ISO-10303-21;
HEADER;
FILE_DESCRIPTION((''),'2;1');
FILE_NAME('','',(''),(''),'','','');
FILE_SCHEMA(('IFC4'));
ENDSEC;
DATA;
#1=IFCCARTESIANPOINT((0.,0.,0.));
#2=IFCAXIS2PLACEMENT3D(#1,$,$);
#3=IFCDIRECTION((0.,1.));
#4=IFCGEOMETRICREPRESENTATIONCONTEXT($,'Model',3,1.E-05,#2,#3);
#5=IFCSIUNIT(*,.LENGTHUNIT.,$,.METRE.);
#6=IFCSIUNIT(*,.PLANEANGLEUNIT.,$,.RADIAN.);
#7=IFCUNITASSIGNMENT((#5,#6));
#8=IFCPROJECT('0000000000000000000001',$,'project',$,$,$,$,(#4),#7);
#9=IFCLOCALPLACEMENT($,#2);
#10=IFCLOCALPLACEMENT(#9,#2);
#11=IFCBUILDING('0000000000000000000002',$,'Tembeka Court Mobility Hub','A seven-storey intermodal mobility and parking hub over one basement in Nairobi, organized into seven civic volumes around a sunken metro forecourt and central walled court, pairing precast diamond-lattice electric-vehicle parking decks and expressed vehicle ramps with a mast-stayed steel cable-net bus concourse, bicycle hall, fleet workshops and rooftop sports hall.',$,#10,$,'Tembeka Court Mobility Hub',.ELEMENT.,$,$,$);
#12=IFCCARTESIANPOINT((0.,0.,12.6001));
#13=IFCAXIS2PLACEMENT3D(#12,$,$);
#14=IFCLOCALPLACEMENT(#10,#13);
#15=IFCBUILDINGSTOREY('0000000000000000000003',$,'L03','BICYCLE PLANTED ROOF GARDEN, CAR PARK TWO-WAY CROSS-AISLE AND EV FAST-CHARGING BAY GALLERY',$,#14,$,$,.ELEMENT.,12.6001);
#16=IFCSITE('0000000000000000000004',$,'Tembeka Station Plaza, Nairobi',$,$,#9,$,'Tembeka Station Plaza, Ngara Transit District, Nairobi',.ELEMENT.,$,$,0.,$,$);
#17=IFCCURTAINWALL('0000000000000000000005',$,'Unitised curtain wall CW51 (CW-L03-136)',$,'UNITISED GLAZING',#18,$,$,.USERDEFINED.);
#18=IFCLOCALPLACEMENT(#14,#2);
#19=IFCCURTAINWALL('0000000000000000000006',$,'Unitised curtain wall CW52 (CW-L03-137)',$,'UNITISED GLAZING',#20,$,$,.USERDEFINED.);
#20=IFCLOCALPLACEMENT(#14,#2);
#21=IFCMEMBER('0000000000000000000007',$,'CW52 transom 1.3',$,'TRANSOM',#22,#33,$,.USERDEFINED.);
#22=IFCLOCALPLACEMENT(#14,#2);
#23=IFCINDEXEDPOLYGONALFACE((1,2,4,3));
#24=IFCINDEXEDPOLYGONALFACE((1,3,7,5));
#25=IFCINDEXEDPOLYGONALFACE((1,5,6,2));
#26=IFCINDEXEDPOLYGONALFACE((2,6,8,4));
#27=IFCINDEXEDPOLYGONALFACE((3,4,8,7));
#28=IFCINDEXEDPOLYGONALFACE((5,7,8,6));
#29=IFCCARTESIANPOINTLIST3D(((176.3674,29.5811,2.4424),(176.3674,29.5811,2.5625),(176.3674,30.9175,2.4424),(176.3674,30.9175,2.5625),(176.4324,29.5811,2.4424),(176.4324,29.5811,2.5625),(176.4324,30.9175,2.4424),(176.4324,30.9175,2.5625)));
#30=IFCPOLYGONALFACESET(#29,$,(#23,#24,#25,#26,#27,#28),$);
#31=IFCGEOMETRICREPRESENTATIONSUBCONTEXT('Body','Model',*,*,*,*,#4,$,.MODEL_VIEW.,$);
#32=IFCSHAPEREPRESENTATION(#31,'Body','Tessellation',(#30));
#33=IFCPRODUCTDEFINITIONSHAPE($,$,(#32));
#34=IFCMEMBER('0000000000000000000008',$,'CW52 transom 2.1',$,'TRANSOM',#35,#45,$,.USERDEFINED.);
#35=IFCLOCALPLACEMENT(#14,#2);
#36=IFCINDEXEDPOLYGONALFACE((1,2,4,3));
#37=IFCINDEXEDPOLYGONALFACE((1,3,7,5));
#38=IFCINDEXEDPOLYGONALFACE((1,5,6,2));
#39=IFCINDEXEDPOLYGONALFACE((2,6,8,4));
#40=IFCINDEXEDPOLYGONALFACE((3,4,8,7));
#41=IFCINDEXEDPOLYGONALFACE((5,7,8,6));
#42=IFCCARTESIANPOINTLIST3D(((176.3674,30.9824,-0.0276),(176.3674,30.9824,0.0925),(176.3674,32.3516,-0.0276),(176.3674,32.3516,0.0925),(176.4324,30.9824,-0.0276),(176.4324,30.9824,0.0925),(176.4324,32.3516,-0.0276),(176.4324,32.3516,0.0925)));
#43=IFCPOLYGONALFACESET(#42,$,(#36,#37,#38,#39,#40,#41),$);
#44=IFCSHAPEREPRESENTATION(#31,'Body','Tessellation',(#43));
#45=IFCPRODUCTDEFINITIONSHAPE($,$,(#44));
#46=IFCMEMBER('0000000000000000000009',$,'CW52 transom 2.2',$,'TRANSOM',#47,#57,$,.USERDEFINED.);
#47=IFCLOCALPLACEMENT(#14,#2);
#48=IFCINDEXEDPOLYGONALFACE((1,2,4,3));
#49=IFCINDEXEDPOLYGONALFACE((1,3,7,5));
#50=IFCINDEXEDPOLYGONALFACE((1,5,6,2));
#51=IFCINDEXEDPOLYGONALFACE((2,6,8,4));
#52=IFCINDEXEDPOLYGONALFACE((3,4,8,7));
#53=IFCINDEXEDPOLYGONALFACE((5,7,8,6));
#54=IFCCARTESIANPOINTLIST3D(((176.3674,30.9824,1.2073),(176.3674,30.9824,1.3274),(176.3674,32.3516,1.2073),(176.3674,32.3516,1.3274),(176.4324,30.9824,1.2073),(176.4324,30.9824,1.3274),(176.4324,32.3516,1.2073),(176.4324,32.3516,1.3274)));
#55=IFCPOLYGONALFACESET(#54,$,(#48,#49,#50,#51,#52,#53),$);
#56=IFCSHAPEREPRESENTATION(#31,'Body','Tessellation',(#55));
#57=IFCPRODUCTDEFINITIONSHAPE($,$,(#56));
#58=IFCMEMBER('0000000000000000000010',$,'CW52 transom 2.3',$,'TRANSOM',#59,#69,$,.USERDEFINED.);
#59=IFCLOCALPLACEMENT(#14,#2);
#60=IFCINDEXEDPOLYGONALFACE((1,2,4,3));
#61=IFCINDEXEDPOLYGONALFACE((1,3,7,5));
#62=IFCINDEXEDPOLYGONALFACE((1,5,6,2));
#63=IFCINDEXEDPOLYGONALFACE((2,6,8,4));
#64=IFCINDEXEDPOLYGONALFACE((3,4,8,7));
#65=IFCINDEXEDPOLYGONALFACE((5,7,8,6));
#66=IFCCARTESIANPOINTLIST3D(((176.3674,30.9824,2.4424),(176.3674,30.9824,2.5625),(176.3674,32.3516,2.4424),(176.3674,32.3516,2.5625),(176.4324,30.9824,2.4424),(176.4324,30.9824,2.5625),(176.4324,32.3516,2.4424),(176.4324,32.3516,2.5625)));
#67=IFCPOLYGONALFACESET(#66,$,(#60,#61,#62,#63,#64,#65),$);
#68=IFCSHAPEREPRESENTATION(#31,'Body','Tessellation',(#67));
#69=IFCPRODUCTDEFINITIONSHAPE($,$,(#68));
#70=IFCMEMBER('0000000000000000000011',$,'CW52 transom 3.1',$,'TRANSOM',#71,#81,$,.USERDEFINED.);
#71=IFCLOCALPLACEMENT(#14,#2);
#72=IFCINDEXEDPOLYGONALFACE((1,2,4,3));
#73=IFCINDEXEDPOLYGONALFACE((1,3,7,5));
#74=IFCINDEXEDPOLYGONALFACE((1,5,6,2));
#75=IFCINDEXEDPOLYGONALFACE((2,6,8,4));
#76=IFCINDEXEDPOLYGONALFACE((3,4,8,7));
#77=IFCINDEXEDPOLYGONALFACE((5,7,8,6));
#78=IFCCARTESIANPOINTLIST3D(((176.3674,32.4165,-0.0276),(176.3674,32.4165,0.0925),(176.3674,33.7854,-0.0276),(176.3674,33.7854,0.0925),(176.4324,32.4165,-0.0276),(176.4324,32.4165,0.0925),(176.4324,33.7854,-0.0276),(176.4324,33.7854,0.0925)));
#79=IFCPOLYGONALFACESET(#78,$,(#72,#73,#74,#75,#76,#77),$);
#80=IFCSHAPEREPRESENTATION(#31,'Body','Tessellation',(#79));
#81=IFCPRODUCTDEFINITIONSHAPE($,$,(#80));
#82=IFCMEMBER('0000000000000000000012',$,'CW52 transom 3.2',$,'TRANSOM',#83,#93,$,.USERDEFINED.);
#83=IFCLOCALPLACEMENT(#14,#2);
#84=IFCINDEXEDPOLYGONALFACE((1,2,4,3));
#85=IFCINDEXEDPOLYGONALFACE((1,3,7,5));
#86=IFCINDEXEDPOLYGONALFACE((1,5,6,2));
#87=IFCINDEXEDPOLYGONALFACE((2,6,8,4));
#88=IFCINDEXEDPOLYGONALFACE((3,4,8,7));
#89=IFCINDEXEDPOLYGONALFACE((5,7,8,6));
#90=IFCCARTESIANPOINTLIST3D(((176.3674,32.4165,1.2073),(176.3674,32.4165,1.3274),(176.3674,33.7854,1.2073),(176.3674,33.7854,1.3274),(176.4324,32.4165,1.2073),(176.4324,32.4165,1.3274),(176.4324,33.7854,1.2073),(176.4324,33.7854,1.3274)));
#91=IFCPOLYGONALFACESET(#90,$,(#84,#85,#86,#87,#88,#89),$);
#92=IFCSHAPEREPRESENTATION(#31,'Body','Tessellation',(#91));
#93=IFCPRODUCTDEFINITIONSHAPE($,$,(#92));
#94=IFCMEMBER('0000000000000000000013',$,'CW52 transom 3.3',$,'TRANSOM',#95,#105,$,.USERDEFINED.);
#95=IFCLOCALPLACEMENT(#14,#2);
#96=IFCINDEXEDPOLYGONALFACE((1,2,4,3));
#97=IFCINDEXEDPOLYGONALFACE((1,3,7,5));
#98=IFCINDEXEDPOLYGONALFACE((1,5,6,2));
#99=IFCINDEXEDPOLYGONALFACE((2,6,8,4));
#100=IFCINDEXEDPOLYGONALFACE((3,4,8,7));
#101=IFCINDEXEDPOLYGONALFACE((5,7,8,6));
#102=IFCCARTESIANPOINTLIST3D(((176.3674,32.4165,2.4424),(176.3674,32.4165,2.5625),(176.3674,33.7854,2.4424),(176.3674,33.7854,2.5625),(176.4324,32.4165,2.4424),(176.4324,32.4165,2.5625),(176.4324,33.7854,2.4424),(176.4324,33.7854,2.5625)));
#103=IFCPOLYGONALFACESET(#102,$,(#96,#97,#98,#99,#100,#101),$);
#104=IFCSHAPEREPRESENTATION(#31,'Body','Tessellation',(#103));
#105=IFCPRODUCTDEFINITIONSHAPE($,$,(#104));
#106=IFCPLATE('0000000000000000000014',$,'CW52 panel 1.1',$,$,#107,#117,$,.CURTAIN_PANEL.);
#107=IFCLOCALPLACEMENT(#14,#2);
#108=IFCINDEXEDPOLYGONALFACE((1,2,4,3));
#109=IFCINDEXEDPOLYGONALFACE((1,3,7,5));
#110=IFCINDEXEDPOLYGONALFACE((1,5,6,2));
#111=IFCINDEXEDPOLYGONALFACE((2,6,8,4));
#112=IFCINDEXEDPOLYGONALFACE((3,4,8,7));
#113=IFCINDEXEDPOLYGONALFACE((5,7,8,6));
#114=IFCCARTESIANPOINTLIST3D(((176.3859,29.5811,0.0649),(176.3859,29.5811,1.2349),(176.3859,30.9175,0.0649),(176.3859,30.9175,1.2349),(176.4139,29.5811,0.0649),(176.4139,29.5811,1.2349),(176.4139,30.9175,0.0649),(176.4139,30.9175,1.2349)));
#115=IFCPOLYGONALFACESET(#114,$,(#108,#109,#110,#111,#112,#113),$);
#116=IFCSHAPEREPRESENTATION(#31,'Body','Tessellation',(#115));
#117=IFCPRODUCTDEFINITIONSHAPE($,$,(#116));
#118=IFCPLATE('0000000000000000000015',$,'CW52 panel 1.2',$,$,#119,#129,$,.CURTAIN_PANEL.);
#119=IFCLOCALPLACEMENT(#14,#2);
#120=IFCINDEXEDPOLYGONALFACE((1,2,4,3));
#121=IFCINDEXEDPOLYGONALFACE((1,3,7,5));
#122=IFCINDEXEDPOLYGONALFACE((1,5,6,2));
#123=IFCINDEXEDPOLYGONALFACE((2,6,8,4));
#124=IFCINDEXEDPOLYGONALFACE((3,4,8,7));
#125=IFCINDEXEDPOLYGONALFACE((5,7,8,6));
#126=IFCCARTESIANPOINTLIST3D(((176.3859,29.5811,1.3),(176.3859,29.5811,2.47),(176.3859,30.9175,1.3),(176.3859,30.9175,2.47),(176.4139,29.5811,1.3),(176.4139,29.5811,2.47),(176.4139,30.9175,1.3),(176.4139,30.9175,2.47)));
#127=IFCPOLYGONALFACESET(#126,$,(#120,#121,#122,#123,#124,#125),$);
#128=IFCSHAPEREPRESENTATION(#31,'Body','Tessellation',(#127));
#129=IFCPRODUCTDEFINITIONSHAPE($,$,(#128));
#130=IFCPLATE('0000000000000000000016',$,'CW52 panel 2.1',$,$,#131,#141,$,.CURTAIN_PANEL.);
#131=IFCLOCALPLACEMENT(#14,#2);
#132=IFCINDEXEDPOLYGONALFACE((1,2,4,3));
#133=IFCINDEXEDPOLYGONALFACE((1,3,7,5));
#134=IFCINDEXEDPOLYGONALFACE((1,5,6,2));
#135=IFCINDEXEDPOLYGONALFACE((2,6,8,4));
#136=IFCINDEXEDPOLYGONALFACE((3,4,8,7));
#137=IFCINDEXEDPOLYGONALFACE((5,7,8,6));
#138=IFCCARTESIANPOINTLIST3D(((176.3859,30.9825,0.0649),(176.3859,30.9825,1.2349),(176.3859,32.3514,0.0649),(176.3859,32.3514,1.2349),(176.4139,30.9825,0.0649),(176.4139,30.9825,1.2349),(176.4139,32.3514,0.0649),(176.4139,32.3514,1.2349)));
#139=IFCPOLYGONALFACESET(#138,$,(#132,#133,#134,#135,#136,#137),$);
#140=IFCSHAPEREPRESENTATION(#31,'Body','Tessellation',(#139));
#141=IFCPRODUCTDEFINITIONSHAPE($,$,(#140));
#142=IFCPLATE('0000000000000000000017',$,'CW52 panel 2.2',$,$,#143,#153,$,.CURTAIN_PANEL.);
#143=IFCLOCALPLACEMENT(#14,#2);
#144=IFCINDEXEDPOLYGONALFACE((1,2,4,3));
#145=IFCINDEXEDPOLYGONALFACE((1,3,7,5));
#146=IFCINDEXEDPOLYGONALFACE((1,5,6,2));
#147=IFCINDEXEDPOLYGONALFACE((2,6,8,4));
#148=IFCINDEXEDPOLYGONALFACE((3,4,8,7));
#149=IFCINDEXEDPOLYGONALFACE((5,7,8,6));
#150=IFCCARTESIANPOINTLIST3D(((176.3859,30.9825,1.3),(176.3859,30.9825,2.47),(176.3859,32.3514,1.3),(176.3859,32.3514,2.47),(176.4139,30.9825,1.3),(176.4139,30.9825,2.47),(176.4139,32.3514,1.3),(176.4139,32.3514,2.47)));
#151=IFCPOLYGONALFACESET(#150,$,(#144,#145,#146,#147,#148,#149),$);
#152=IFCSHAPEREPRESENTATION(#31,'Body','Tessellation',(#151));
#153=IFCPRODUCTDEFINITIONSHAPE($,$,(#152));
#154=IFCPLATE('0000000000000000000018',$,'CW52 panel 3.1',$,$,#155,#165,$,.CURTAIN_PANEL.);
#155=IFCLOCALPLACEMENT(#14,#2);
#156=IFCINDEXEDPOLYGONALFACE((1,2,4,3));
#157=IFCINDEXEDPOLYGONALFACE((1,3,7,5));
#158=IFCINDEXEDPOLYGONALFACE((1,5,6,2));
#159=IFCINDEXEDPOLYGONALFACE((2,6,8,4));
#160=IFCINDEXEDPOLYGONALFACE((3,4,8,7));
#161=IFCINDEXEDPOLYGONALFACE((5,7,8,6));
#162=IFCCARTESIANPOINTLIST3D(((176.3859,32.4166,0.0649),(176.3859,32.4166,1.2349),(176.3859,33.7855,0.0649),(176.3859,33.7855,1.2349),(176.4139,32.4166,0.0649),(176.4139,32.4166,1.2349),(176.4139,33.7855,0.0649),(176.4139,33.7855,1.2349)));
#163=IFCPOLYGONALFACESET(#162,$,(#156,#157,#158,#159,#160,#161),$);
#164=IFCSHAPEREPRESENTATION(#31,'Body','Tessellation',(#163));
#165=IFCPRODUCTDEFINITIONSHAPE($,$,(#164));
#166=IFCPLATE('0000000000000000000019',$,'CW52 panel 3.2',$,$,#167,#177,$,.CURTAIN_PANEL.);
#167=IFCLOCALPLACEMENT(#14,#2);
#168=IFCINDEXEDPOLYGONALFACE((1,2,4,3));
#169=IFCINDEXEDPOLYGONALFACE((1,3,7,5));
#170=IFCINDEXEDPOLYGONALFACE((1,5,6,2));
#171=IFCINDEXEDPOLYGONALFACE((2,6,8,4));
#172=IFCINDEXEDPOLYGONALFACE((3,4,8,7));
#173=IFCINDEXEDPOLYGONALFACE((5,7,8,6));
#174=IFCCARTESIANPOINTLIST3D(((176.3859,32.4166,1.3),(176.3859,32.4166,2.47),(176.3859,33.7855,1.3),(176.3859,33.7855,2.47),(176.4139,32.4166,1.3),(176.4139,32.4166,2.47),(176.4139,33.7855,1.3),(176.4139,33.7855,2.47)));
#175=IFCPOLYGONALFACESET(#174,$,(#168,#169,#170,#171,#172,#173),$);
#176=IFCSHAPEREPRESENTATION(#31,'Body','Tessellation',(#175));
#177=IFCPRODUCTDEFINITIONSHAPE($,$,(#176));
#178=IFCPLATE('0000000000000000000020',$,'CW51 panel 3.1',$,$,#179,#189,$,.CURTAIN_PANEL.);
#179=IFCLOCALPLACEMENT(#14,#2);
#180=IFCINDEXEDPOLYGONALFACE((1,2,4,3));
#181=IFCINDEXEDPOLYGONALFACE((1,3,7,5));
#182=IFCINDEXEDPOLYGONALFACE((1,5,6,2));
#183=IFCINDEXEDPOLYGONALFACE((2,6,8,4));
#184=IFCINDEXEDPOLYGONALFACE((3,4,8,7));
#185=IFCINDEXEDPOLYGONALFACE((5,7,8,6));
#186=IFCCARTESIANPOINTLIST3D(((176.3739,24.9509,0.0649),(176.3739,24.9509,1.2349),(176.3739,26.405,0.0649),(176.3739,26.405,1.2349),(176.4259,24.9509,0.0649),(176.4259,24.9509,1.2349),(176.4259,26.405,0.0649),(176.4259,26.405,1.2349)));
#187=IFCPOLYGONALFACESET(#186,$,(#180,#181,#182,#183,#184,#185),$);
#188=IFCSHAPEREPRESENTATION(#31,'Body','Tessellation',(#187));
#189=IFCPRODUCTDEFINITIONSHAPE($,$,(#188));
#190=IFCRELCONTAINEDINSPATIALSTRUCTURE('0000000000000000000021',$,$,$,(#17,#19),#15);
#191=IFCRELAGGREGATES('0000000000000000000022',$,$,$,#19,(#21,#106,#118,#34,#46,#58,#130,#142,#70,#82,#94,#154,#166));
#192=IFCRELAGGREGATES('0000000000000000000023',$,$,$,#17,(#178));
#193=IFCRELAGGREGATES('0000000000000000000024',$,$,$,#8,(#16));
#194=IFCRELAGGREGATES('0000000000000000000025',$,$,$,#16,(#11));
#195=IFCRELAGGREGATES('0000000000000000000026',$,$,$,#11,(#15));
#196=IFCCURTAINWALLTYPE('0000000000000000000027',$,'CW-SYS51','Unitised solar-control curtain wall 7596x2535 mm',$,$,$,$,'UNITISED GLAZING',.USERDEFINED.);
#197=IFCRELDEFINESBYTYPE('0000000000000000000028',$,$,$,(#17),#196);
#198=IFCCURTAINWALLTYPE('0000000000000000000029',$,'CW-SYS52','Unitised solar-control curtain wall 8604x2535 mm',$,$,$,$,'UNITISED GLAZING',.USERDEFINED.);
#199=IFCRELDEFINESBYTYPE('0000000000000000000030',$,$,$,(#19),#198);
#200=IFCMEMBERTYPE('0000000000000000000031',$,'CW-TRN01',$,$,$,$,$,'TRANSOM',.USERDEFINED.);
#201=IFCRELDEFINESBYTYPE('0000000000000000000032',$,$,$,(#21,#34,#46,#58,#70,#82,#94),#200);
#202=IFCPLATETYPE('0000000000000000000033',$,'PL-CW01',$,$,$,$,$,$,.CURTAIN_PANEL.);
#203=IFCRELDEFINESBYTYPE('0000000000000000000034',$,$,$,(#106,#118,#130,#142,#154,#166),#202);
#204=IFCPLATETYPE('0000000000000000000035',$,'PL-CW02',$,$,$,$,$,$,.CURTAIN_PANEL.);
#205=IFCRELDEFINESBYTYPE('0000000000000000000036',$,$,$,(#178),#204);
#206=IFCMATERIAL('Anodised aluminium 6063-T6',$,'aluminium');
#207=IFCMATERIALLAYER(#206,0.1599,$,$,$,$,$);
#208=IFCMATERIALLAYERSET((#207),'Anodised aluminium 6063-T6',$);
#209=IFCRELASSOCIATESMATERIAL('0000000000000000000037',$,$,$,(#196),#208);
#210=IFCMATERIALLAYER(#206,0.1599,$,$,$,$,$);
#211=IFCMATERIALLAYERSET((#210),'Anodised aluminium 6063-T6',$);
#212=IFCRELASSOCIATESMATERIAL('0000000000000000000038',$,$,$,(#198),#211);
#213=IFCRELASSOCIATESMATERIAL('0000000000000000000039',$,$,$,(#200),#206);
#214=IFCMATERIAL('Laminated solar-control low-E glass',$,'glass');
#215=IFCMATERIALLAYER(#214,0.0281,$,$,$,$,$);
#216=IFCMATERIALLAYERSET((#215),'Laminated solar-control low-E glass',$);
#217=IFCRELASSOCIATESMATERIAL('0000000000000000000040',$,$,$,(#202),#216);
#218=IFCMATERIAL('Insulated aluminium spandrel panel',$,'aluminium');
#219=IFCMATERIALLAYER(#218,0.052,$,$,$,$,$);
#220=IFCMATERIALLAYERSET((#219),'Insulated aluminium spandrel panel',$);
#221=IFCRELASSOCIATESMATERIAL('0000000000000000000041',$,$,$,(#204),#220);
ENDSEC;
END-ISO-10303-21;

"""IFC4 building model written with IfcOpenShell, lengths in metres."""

from ifc_helpers import new_model, si_unit, direction, frame, origin, origin_2d, place, context, subcontext, project, spatial, rectangle, extrude, material, layer, layer_set, material_profile, profile_set, type_object, element, aggregate, save


model = new_model("IFC4")

# Units and contexts
model_context = context("Model", 3, precision=1e-05, world=origin(), true_north=direction((0.0, 1.0)))
body_context = subcontext(model_context, "Body", "Model", "MODEL_VIEW")
ifc_project = project(units=[si_unit("LENGTHUNIT", "METRE"), si_unit("PLANEANGLEUNIT", "RADIAN")], contexts=[model_context])

# Site, building, storey
site_placement = place(None, origin())
site = spatial("IfcSite", under=ifc_project, at=site_placement, Name="Tembeka Station Plaza, Nairobi", LongName="Tembeka Station Plaza, Ngara Transit District, Nairobi", CompositionType="ELEMENT", RefElevation=0.0)
building_placement = place(site_placement, origin())
building = spatial("IfcBuilding", under=site, at=building_placement, Name="Tembeka Court Mobility Hub", Description="A seven-storey intermodal mobility and parking hub over one basement in Nairobi, organized into seven civic volumes around a sunken metro forecourt and central walled court, pairing precast diamond-lattice electric-vehicle parking decks and expressed vehicle ramps with a mast-stayed steel cable-net bus concourse, bicycle hall, fleet workshops and rooftop sports hall.", LongName="Tembeka Court Mobility Hub", CompositionType="ELEMENT")
storey_placement = place(building_placement, frame((0.0, 0.0, 12.6001)))
storey = spatial("IfcBuildingStorey", under=building, at=storey_placement, Name="L03", Description="BICYCLE PLANTED ROOF GARDEN, CAR PARK TWO-WAY CROSS-AISLE AND EV FAST-CHARGING BAY GALLERY", CompositionType="ELEMENT", Elevation=12.6001)

# Curtain walls
ifc_material_1 = material(Name="Anodised aluminium 6063-T6", Category="aluminium")
ifc_layer_1 = layer(ifc_material_1, 0.1599)
ifc_layer_set_1 = layer_set([ifc_layer_1], Name="Anodised aluminium 6063-T6")
curtain_wall_type_1 = type_object("IfcCurtainWallType", Name="CW-SYS51", Description="Unitised solar-control curtain wall 7596x2535 mm", ElementType="UNITISED GLAZING", PredefinedType="USERDEFINED", material=ifc_layer_set_1)
curtain_wall_1_placement = place(storey_placement, origin())
curtain_wall_1 = element("IfcCurtainWall", 1, at=curtain_wall_1_placement, inside=storey, type_object=curtain_wall_type_1, Name="Unitised curtain wall CW51 (CW-L03-136)", ObjectType="UNITISED GLAZING", PredefinedType="USERDEFINED")
ifc_layer_2 = layer(ifc_material_1, 0.1599)
ifc_layer_set_2 = layer_set([ifc_layer_2], Name="Anodised aluminium 6063-T6")
curtain_wall_type_2 = type_object("IfcCurtainWallType", Name="CW-SYS52", Description="Unitised solar-control curtain wall 8604x2535 mm", ElementType="UNITISED GLAZING", PredefinedType="USERDEFINED", material=ifc_layer_set_2)
curtain_wall_2_placement = place(storey_placement, origin())
curtain_wall_2 = element("IfcCurtainWall", 2, at=curtain_wall_2_placement, inside=storey, type_object=curtain_wall_type_2, Name="Unitised curtain wall CW52 (CW-L03-137)", ObjectType="UNITISED GLAZING", PredefinedType="USERDEFINED")

# Members
ifc_material_profile_1 = material_profile(ifc_material_1, rectangle(XDim=0.0649, YDim=0.1201, at=origin_2d()), Name="ALU-TRN 65x120")
ifc_profile_set_1 = profile_set([ifc_material_profile_1], Name="Anodised aluminium 6063-T6")
member_type_1 = type_object("IfcMemberType", Name="CW-TRN01", ElementType="TRANSOM", PredefinedType="USERDEFINED", material=ifc_profile_set_1)
member_1_placement = place(storey_placement, frame((176.3999, 29.5811, 2.5024), z_axis=(0.0, 1.0, 0.0), x_axis=(-1.0, 0.0, 0.0)))
member_1 = element("IfcMember", 3, at=member_1_placement, type_object=member_type_1, Name="CW52 transom 1.3", ObjectType="TRANSOM", PredefinedType="USERDEFINED", context=body_context, shape_type="SweptSolid", body=[
    extrude(rectangle(XDim=0.0649, YDim=0.1201, at=origin_2d()), origin(), (0.0, 0.0, 1.0), 1.3364),
])
member_2_placement = place(storey_placement, frame((176.3999, 30.9824, 0.0325), z_axis=(0.0, 1.0, 0.0), x_axis=(-1.0, 0.0, 0.0)))
member_2 = element("IfcMember", 4, at=member_2_placement, type_object=member_type_1, Name="CW52 transom 2.1", ObjectType="TRANSOM", PredefinedType="USERDEFINED", context=body_context, shape_type="SweptSolid", body=[
    extrude(rectangle(XDim=0.0649, YDim=0.1201, at=origin_2d()), origin(), (0.0, 0.0, 1.0), 1.3691),
])
member_3_placement = place(storey_placement, frame((176.3999, 30.9824, 1.2673), z_axis=(0.0, 1.0, 0.0), x_axis=(-1.0, 0.0, 0.0)))
member_3 = element("IfcMember", 5, at=member_3_placement, type_object=member_type_1, Name="CW52 transom 2.2", ObjectType="TRANSOM", PredefinedType="USERDEFINED", context=body_context, shape_type="SweptSolid", body=[
    extrude(rectangle(XDim=0.0649, YDim=0.1201, at=origin_2d()), origin(), (0.0, 0.0, 1.0), 1.3691),
])
member_4_placement = place(storey_placement, frame((176.3999, 30.9824, 2.5024), z_axis=(0.0, 1.0, 0.0), x_axis=(-1.0, 0.0, 0.0)))
member_4 = element("IfcMember", 6, at=member_4_placement, type_object=member_type_1, Name="CW52 transom 2.3", ObjectType="TRANSOM", PredefinedType="USERDEFINED", context=body_context, shape_type="SweptSolid", body=[
    extrude(rectangle(XDim=0.0649, YDim=0.1201, at=origin_2d()), origin(), (0.0, 0.0, 1.0), 1.3691),
])
member_5_placement = place(storey_placement, frame((176.3999, 32.4165, 0.0325), z_axis=(0.0, 1.0, 0.0), x_axis=(-1.0, 0.0, 0.0)))
member_5 = element("IfcMember", 7, at=member_5_placement, type_object=member_type_1, Name="CW52 transom 3.1", ObjectType="TRANSOM", PredefinedType="USERDEFINED", context=body_context, shape_type="SweptSolid", body=[
    extrude(rectangle(XDim=0.0649, YDim=0.1201, at=origin_2d()), origin(), (0.0, 0.0, 1.0), 1.3689),
])
member_6_placement = place(storey_placement, frame((176.3999, 32.4165, 1.2673), z_axis=(0.0, 1.0, 0.0), x_axis=(-1.0, 0.0, 0.0)))
member_6 = element("IfcMember", 8, at=member_6_placement, type_object=member_type_1, Name="CW52 transom 3.2", ObjectType="TRANSOM", PredefinedType="USERDEFINED", context=body_context, shape_type="SweptSolid", body=[
    extrude(rectangle(XDim=0.0649, YDim=0.1201, at=origin_2d()), origin(), (0.0, 0.0, 1.0), 1.3689),
])
member_7_placement = place(storey_placement, frame((176.3999, 32.4165, 2.5024), z_axis=(0.0, 1.0, 0.0), x_axis=(-1.0, 0.0, 0.0)))
member_7 = element("IfcMember", 9, at=member_7_placement, type_object=member_type_1, Name="CW52 transom 3.3", ObjectType="TRANSOM", PredefinedType="USERDEFINED", context=body_context, shape_type="SweptSolid", body=[
    extrude(rectangle(XDim=0.0649, YDim=0.1201, at=origin_2d()), origin(), (0.0, 0.0, 1.0), 1.3689),
])

# Plates
ifc_material_2 = material(Name="Laminated solar-control low-E glass", Category="glass")
ifc_layer_3 = layer(ifc_material_2, 0.0281)
ifc_layer_set_3 = layer_set([ifc_layer_3], Name="Laminated solar-control low-E glass")
plate_type_1 = type_object("IfcPlateType", Name="PL-CW01", PredefinedType="CURTAIN_PANEL", material=ifc_layer_set_3)
plate_1_placement = place(storey_placement, frame((176.3999, 30.2493, 0.0649), z_axis=(0.0, 0.0, 1.0), x_axis=(0.0, 1.0, 0.0)))
plate_1 = element("IfcPlate", 10, at=plate_1_placement, type_object=plate_type_1, Name="CW52 panel 1.1", PredefinedType="CURTAIN_PANEL", context=body_context, shape_type="SweptSolid", body=[
    extrude(rectangle(XDim=1.3364, YDim=0.0281, at=origin_2d()), origin(), (0.0, 0.0, 1.0), 1.1699),
])
plate_2_placement = place(storey_placement, frame((176.3999, 30.2493, 1.3), z_axis=(0.0, 0.0, 1.0), x_axis=(0.0, 1.0, 0.0)))
plate_2 = element("IfcPlate", 11, at=plate_2_placement, type_object=plate_type_1, Name="CW52 panel 1.2", PredefinedType="CURTAIN_PANEL", context=body_context, shape_type="SweptSolid", body=[
    extrude(rectangle(XDim=1.3364, YDim=0.0281, at=origin_2d()), origin(), (0.0, 0.0, 1.0), 1.1699),
])
plate_3_placement = place(storey_placement, frame((176.3999, 31.667, 0.0649), z_axis=(0.0, 0.0, 1.0), x_axis=(0.0, 1.0, 0.0)))
plate_3 = element("IfcPlate", 12, at=plate_3_placement, type_object=plate_type_1, Name="CW52 panel 2.1", PredefinedType="CURTAIN_PANEL", context=body_context, shape_type="SweptSolid", body=[
    extrude(rectangle(XDim=1.3689, YDim=0.0281, at=origin_2d()), origin(), (0.0, 0.0, 1.0), 1.1699),
])
plate_4_placement = place(storey_placement, frame((176.3999, 31.667, 1.3), z_axis=(0.0, 0.0, 1.0), x_axis=(0.0, 1.0, 0.0)))
plate_4 = element("IfcPlate", 13, at=plate_4_placement, type_object=plate_type_1, Name="CW52 panel 2.2", PredefinedType="CURTAIN_PANEL", context=body_context, shape_type="SweptSolid", body=[
    extrude(rectangle(XDim=1.3689, YDim=0.0281, at=origin_2d()), origin(), (0.0, 0.0, 1.0), 1.1699),
])
plate_5_placement = place(storey_placement, frame((176.3999, 33.1011, 0.0649), z_axis=(0.0, 0.0, 1.0), x_axis=(0.0, 1.0, 0.0)))
plate_5 = element("IfcPlate", 14, at=plate_5_placement, type_object=plate_type_1, Name="CW52 panel 3.1", PredefinedType="CURTAIN_PANEL", context=body_context, shape_type="SweptSolid", body=[
    extrude(rectangle(XDim=1.3689, YDim=0.0281, at=origin_2d()), origin(), (0.0, 0.0, 1.0), 1.1699),
])
plate_6_placement = place(storey_placement, frame((176.3999, 33.1011, 1.3), z_axis=(0.0, 0.0, 1.0), x_axis=(0.0, 1.0, 0.0)))
plate_6 = element("IfcPlate", 15, at=plate_6_placement, type_object=plate_type_1, Name="CW52 panel 3.2", PredefinedType="CURTAIN_PANEL", context=body_context, shape_type="SweptSolid", body=[
    extrude(rectangle(XDim=1.3689, YDim=0.0281, at=origin_2d()), origin(), (0.0, 0.0, 1.0), 1.1699),
])
aggregate(curtain_wall_2, [member_1, plate_1, plate_2, member_2, member_3, member_4, plate_3, plate_4, member_5, member_6, member_7, plate_5, plate_6])
ifc_material_3 = material(Name="Insulated aluminium spandrel panel", Category="aluminium")
ifc_layer_4 = layer(ifc_material_3, 0.052)
ifc_layer_set_4 = layer_set([ifc_layer_4], Name="Insulated aluminium spandrel panel")
plate_type_2 = type_object("IfcPlateType", Name="PL-CW02", PredefinedType="CURTAIN_PANEL", material=ifc_layer_set_4)
plate_7_placement = place(storey_placement, frame((176.3999, 25.678, 0.0649), z_axis=(0.0, 0.0, 1.0), x_axis=(0.0, 1.0, 0.0)))
plate_7 = element("IfcPlate", 16, at=plate_7_placement, type_object=plate_type_2, Name="CW51 panel 3.1", PredefinedType="CURTAIN_PANEL", context=body_context, shape_type="SweptSolid", body=[
    extrude(rectangle(XDim=1.4541, YDim=0.052, at=origin_2d()), origin(), (0.0, 0.0, 1.0), 1.1699),
])
aggregate(curtain_wall_1, [plate_7])

save(model, "model.ifc")
